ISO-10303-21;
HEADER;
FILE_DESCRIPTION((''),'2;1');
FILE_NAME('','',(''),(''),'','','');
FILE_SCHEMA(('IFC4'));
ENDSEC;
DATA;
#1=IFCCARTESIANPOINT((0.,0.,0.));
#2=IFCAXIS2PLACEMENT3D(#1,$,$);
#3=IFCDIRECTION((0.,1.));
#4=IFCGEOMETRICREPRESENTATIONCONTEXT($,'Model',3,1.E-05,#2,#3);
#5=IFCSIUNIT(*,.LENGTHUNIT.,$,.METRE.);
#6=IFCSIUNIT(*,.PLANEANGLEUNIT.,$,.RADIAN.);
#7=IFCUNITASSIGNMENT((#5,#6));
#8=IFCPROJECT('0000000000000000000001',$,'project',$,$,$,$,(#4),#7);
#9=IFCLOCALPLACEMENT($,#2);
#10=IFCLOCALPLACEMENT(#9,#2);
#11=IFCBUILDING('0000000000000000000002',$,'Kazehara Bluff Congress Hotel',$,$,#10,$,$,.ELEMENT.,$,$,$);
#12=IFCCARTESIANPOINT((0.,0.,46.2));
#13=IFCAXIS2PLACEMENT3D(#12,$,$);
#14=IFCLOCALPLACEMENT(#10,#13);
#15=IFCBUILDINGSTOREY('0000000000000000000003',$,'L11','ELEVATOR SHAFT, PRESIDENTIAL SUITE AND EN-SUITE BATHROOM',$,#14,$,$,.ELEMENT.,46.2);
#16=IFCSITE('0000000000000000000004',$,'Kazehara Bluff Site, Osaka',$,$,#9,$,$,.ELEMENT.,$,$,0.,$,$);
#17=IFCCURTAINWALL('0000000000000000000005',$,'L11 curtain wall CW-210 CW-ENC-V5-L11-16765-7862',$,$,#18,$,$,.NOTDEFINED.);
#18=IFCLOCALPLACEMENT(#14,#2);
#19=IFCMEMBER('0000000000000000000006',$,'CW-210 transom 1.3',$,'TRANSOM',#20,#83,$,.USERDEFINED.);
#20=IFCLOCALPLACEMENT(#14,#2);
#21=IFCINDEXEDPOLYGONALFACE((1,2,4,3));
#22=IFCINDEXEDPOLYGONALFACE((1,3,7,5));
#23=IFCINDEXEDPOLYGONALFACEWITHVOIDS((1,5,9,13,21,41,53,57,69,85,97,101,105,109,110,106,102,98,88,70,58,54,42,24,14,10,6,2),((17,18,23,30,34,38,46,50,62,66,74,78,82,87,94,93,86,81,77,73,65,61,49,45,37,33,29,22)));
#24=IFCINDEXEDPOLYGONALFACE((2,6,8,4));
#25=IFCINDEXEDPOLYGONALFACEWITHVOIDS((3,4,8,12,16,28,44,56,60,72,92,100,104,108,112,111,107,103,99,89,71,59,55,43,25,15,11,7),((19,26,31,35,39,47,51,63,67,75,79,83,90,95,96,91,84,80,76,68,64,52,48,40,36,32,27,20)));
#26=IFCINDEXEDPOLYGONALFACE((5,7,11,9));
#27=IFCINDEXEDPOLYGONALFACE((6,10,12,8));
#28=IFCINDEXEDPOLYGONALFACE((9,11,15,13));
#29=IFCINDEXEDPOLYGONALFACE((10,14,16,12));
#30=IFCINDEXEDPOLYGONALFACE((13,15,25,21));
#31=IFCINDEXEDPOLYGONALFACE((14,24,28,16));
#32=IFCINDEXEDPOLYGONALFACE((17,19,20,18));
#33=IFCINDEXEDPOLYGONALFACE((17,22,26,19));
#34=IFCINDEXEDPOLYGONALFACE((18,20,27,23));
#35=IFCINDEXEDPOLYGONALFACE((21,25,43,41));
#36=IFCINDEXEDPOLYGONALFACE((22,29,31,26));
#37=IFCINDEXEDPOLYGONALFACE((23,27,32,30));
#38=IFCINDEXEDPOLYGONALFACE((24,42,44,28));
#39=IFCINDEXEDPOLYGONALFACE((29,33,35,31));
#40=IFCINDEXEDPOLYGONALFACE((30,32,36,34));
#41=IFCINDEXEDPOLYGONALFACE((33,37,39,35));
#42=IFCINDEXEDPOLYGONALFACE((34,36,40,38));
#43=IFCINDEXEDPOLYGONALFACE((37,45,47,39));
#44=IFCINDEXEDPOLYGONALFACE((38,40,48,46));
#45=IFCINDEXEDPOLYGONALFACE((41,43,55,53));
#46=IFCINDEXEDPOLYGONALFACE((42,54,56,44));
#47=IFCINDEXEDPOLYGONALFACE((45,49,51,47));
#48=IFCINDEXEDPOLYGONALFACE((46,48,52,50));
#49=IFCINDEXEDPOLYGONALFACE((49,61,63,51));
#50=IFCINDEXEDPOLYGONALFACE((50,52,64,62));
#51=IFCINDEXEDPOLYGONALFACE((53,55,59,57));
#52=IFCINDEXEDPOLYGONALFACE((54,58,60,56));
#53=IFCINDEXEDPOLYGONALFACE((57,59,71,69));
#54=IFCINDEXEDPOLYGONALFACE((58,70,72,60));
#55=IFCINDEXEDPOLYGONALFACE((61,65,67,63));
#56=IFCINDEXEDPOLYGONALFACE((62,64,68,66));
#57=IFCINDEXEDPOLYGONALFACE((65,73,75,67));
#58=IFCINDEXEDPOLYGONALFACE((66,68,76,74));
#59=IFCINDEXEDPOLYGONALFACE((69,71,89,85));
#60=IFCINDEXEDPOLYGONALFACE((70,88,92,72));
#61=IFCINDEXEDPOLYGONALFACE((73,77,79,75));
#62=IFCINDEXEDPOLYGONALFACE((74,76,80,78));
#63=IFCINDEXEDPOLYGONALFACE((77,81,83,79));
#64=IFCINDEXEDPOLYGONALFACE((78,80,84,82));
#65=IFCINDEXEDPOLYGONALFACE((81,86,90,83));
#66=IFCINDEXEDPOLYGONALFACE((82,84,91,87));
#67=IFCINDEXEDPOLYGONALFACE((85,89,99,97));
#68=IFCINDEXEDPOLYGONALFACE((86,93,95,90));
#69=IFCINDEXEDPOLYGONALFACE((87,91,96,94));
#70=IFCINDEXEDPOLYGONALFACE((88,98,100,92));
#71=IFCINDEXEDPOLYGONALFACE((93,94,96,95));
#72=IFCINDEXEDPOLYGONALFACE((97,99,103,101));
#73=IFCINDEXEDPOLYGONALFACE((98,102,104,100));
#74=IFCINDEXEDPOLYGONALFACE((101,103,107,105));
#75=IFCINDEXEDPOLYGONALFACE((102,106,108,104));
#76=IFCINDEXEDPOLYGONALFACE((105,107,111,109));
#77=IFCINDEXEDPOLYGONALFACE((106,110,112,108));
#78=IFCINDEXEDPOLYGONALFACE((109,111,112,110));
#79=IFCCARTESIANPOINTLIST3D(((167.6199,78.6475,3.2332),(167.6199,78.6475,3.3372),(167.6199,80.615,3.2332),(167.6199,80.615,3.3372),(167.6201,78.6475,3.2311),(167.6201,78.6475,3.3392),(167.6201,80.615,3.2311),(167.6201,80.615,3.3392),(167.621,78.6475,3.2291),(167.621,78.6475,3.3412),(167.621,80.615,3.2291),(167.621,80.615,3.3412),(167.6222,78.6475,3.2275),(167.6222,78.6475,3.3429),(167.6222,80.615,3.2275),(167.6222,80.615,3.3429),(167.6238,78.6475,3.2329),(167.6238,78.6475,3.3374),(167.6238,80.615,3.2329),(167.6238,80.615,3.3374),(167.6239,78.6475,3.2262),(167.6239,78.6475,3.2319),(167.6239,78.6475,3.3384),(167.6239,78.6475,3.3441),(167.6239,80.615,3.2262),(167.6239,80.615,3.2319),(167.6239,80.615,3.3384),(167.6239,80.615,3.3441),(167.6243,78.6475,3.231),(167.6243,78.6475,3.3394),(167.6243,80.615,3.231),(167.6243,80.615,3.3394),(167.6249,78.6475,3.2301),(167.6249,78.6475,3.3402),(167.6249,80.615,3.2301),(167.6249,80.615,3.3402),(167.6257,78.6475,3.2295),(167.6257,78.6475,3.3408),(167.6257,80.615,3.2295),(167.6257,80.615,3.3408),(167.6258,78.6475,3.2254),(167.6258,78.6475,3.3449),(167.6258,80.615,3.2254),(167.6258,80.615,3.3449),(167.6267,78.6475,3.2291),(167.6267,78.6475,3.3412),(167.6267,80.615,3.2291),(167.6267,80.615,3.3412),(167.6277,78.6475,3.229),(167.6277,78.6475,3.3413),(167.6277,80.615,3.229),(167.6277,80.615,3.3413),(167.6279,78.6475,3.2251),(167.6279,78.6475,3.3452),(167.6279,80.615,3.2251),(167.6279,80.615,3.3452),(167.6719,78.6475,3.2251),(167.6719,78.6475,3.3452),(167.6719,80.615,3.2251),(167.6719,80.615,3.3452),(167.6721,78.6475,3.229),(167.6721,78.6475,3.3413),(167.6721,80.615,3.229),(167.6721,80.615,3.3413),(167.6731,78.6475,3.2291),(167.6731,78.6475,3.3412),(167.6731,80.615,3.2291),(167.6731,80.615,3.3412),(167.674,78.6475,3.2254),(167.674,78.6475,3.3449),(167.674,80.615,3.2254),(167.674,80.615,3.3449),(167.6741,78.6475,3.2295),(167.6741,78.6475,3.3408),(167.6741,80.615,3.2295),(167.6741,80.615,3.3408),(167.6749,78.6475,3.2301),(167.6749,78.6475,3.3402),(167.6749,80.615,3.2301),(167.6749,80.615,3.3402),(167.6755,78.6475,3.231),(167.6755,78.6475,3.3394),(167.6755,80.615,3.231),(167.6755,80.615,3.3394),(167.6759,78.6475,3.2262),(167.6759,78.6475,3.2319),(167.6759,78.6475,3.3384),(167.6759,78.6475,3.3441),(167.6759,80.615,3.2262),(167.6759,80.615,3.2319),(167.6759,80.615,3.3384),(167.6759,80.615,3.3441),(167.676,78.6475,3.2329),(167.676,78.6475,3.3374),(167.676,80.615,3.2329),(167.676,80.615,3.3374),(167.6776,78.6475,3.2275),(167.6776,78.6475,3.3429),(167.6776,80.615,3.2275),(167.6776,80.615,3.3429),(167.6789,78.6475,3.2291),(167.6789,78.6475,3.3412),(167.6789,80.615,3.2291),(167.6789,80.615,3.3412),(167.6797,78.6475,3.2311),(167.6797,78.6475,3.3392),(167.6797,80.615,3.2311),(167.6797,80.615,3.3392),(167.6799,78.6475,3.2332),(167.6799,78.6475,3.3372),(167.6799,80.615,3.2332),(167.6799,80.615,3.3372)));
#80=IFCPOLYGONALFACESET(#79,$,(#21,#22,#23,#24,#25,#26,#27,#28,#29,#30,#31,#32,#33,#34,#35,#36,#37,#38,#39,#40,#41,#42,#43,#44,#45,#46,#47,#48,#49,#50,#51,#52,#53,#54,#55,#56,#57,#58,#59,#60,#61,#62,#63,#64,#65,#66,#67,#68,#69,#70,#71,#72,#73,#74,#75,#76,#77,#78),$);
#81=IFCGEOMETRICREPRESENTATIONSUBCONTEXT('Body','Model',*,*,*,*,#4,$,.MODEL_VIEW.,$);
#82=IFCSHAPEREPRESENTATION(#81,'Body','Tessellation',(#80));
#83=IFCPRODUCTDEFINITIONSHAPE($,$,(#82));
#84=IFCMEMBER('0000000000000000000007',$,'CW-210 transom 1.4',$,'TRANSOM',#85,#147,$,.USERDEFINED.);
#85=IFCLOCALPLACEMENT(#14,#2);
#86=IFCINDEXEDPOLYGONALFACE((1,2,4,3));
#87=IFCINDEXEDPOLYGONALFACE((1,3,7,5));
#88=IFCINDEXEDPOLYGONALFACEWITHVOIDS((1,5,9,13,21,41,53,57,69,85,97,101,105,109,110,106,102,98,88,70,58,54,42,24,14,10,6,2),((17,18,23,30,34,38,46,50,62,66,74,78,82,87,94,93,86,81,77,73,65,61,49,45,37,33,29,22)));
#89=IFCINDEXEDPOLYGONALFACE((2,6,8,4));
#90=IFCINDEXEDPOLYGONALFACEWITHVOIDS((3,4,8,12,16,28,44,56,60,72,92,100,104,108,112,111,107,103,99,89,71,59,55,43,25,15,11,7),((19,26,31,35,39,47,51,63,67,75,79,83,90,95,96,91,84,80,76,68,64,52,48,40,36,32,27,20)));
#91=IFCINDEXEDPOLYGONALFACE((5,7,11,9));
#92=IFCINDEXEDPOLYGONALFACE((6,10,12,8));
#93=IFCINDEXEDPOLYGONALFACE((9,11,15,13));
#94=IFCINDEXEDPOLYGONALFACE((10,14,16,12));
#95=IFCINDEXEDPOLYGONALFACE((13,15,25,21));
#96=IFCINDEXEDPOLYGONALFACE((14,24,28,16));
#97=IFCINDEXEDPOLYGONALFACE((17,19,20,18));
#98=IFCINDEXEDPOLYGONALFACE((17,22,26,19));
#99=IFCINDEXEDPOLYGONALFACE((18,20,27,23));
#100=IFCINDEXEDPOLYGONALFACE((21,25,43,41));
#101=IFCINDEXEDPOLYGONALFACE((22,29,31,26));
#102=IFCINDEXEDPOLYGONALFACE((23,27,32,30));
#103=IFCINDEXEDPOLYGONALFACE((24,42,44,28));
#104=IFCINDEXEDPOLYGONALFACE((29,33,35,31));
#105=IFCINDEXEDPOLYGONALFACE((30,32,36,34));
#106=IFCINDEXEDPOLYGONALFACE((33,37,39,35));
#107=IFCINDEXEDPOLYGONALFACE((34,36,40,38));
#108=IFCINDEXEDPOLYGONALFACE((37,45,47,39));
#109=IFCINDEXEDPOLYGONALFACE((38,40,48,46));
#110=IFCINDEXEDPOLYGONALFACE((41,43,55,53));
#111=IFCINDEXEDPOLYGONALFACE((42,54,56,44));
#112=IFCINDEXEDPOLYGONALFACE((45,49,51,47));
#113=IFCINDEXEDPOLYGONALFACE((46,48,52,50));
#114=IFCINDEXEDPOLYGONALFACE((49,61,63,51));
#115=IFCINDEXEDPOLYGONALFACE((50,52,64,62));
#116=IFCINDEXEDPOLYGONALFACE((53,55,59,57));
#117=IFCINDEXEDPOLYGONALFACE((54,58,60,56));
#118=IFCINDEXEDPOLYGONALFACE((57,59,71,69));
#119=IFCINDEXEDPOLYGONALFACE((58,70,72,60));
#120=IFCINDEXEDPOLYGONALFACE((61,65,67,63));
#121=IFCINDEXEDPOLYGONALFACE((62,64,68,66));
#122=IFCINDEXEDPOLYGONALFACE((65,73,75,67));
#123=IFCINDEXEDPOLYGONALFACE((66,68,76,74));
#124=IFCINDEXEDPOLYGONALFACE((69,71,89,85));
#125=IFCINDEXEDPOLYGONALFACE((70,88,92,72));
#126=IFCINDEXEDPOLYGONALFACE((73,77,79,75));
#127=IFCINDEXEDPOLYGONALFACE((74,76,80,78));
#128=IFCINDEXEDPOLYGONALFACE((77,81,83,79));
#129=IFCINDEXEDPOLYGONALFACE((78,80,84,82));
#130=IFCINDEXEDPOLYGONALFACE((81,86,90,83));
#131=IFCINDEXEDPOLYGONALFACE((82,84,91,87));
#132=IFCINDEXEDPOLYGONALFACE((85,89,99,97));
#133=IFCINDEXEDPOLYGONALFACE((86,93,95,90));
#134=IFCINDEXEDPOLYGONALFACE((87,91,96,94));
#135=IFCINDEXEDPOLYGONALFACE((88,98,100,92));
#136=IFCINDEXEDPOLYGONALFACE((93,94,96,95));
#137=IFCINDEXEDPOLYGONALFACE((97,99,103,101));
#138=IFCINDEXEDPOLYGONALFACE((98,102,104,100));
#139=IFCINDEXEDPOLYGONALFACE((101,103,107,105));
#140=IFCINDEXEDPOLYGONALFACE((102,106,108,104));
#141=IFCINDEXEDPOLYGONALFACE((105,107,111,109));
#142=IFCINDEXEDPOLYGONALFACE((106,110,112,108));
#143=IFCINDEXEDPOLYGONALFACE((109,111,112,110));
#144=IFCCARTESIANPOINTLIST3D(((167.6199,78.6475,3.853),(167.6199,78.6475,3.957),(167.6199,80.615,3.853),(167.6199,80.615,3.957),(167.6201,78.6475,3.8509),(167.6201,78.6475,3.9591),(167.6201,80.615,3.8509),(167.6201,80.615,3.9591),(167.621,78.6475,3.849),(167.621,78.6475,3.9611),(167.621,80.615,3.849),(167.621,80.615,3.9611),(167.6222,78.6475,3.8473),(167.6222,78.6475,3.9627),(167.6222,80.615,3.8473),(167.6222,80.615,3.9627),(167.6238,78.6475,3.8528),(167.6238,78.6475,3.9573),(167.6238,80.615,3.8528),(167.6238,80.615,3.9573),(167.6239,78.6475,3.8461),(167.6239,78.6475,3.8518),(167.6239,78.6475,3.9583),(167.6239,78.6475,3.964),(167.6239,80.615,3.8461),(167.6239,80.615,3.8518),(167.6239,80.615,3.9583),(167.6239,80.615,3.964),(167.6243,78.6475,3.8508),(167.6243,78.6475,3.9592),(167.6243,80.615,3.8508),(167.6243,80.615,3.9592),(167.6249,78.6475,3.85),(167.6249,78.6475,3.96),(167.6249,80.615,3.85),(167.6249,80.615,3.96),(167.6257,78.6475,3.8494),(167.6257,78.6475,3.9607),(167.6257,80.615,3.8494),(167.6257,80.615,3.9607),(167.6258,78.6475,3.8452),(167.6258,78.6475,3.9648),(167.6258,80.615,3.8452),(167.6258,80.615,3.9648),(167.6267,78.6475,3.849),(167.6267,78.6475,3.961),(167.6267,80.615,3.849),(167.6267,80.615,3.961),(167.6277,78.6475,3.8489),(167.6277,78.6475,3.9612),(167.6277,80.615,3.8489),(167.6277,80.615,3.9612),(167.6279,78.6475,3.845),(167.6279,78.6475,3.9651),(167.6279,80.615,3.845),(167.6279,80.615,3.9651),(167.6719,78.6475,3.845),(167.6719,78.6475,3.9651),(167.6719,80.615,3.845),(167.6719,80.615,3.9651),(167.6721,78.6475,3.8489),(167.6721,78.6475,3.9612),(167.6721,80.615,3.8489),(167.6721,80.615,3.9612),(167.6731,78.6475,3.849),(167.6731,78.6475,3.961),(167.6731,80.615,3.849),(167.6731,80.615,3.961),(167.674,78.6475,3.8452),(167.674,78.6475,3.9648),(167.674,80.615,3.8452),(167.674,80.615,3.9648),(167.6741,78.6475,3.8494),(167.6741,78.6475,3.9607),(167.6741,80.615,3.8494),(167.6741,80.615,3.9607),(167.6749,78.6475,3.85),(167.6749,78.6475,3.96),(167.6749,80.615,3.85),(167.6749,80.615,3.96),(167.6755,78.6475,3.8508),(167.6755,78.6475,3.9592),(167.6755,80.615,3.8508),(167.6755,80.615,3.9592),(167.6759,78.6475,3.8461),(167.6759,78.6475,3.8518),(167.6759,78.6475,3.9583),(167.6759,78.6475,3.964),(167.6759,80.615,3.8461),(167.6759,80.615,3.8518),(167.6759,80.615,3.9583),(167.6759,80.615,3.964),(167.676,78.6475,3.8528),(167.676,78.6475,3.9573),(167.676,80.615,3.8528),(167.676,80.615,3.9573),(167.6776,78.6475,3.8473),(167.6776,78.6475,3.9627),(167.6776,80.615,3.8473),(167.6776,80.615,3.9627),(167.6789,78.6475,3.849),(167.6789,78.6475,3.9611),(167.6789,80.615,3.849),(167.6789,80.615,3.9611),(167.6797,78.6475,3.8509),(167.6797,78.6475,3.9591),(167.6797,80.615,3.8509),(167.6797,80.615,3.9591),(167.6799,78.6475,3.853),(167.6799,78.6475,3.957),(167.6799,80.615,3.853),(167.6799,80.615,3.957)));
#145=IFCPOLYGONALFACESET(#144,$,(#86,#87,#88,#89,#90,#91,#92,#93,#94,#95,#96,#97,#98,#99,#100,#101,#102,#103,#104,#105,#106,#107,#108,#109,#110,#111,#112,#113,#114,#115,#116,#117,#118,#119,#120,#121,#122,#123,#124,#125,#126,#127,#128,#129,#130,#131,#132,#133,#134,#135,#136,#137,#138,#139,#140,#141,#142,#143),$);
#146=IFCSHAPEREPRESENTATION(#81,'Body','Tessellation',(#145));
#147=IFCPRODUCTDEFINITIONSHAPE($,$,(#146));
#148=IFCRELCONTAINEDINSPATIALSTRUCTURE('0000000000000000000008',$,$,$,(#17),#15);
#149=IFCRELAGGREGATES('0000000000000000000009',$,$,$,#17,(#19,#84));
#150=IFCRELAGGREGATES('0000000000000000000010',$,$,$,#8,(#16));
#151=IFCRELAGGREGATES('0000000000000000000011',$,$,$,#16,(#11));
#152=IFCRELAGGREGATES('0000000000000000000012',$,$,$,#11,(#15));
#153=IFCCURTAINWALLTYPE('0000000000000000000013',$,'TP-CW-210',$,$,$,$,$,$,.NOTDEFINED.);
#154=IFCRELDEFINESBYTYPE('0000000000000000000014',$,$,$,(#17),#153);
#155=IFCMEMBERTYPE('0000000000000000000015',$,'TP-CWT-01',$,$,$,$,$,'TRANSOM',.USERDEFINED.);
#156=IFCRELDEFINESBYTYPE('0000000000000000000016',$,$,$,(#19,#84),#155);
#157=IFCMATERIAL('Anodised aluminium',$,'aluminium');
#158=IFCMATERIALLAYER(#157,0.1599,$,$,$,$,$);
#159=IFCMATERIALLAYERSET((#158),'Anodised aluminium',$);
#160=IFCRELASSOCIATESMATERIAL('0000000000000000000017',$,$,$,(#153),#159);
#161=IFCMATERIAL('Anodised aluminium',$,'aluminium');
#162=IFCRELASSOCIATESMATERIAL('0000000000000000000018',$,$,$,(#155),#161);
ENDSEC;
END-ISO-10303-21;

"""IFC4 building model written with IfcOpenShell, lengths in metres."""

from ifc_helpers import new_model, si_unit, direction, frame, origin, origin_2d, place, context, subcontext, project, spatial, hollow_rectangle, extrude, material, layer, layer_set, material_profile, profile_set, type_object, element, aggregate, save


model = new_model("IFC4")

# Units and contexts
model_context = context("Model", 3, precision=1e-05, world=origin(), true_north=direction((0.0, 1.0)))
body_context = subcontext(model_context, "Body", "Model", "MODEL_VIEW")
ifc_project = project(units=[si_unit("LENGTHUNIT", "METRE"), si_unit("PLANEANGLEUNIT", "RADIAN")], contexts=[model_context])

# Site, building, storey
site_placement = place(None, origin())
site = spatial("IfcSite", under=ifc_project, at=site_placement, Name="Kazehara Bluff Site, Osaka", CompositionType="ELEMENT", RefElevation=0.0)
building_placement = place(site_placement, origin())
building = spatial("IfcBuilding", under=site, at=building_placement, Name="Kazehara Bluff Congress Hotel", CompositionType="ELEMENT")
storey_placement = place(building_placement, frame((0.0, 0.0, 46.2)))
storey = spatial("IfcBuildingStorey", under=building, at=storey_placement, Name="L11", Description="ELEVATOR SHAFT, PRESIDENTIAL SUITE AND EN-SUITE BATHROOM", CompositionType="ELEMENT", Elevation=46.2)

# Curtain wall
ifc_material_1 = material(Name="Anodised aluminium", Category="aluminium")
ifc_layer_1 = layer(ifc_material_1, 0.1599)
ifc_layer_set_1 = layer_set([ifc_layer_1], Name="Anodised aluminium")
curtain_wall_type_1 = type_object("IfcCurtainWallType", Name="TP-CW-210", PredefinedType="NOTDEFINED", material=ifc_layer_set_1)
curtain_wall_1_placement = place(storey_placement, origin())
curtain_wall_1 = element("IfcCurtainWall", 1, at=curtain_wall_1_placement, inside=storey, type_object=curtain_wall_type_1, Name="L11 curtain wall CW-210 CW-ENC-V5-L11-16765-7862", PredefinedType="NOTDEFINED")

# Members
ifc_material_2 = material(Name="Anodised aluminium", Category="aluminium")
ifc_material_profile_1 = material_profile(ifc_material_2, hollow_rectangle(XDim=0.0601, YDim=0.1201, WallThickness=0.0039, InnerFilletRadius=0.0039, OuterFilletRadius=0.0081, at=origin_2d()))
ifc_profile_set_1 = profile_set([ifc_material_profile_1], Name="Anodised aluminium")
member_type_1 = type_object("IfcMemberType", Name="TP-CWT-01", ElementType="TRANSOM", PredefinedType="USERDEFINED", material=ifc_profile_set_1)
member_1_placement = place(storey_placement, frame((167.6499, 80.615, 3.2852), z_axis=(0.0, -1.0, 0.0), x_axis=(1.0, 0.0, 0.0)))
member_1 = element("IfcMember", 2, at=member_1_placement, type_object=member_type_1, Name="CW-210 transom 1.3", ObjectType="TRANSOM", PredefinedType="USERDEFINED", context=body_context, shape_type="SweptSolid", body=[
    extrude(hollow_rectangle(XDim=0.0601, YDim=0.1201, WallThickness=0.0039, InnerFilletRadius=0.0039, OuterFilletRadius=0.0081, at=origin_2d()), origin(), (0.0, 0.0, 1.0), 1.9675),
])
member_2_placement = place(storey_placement, frame((167.6499, 80.615, 3.905), z_axis=(0.0, -1.0, 0.0), x_axis=(1.0, 0.0, 0.0)))
member_2 = element("IfcMember", 3, at=member_2_placement, type_object=member_type_1, Name="CW-210 transom 1.4", ObjectType="TRANSOM", PredefinedType="USERDEFINED", context=body_context, shape_type="SweptSolid", body=[
    extrude(hollow_rectangle(XDim=0.0601, YDim=0.1201, WallThickness=0.0039, InnerFilletRadius=0.0039, OuterFilletRadius=0.0081, at=origin_2d()), origin(), (0.0, 0.0, 1.0), 1.9675),
])

aggregate(curtain_wall_1, [member_1, member_2])

save(model, "model.ifc")
